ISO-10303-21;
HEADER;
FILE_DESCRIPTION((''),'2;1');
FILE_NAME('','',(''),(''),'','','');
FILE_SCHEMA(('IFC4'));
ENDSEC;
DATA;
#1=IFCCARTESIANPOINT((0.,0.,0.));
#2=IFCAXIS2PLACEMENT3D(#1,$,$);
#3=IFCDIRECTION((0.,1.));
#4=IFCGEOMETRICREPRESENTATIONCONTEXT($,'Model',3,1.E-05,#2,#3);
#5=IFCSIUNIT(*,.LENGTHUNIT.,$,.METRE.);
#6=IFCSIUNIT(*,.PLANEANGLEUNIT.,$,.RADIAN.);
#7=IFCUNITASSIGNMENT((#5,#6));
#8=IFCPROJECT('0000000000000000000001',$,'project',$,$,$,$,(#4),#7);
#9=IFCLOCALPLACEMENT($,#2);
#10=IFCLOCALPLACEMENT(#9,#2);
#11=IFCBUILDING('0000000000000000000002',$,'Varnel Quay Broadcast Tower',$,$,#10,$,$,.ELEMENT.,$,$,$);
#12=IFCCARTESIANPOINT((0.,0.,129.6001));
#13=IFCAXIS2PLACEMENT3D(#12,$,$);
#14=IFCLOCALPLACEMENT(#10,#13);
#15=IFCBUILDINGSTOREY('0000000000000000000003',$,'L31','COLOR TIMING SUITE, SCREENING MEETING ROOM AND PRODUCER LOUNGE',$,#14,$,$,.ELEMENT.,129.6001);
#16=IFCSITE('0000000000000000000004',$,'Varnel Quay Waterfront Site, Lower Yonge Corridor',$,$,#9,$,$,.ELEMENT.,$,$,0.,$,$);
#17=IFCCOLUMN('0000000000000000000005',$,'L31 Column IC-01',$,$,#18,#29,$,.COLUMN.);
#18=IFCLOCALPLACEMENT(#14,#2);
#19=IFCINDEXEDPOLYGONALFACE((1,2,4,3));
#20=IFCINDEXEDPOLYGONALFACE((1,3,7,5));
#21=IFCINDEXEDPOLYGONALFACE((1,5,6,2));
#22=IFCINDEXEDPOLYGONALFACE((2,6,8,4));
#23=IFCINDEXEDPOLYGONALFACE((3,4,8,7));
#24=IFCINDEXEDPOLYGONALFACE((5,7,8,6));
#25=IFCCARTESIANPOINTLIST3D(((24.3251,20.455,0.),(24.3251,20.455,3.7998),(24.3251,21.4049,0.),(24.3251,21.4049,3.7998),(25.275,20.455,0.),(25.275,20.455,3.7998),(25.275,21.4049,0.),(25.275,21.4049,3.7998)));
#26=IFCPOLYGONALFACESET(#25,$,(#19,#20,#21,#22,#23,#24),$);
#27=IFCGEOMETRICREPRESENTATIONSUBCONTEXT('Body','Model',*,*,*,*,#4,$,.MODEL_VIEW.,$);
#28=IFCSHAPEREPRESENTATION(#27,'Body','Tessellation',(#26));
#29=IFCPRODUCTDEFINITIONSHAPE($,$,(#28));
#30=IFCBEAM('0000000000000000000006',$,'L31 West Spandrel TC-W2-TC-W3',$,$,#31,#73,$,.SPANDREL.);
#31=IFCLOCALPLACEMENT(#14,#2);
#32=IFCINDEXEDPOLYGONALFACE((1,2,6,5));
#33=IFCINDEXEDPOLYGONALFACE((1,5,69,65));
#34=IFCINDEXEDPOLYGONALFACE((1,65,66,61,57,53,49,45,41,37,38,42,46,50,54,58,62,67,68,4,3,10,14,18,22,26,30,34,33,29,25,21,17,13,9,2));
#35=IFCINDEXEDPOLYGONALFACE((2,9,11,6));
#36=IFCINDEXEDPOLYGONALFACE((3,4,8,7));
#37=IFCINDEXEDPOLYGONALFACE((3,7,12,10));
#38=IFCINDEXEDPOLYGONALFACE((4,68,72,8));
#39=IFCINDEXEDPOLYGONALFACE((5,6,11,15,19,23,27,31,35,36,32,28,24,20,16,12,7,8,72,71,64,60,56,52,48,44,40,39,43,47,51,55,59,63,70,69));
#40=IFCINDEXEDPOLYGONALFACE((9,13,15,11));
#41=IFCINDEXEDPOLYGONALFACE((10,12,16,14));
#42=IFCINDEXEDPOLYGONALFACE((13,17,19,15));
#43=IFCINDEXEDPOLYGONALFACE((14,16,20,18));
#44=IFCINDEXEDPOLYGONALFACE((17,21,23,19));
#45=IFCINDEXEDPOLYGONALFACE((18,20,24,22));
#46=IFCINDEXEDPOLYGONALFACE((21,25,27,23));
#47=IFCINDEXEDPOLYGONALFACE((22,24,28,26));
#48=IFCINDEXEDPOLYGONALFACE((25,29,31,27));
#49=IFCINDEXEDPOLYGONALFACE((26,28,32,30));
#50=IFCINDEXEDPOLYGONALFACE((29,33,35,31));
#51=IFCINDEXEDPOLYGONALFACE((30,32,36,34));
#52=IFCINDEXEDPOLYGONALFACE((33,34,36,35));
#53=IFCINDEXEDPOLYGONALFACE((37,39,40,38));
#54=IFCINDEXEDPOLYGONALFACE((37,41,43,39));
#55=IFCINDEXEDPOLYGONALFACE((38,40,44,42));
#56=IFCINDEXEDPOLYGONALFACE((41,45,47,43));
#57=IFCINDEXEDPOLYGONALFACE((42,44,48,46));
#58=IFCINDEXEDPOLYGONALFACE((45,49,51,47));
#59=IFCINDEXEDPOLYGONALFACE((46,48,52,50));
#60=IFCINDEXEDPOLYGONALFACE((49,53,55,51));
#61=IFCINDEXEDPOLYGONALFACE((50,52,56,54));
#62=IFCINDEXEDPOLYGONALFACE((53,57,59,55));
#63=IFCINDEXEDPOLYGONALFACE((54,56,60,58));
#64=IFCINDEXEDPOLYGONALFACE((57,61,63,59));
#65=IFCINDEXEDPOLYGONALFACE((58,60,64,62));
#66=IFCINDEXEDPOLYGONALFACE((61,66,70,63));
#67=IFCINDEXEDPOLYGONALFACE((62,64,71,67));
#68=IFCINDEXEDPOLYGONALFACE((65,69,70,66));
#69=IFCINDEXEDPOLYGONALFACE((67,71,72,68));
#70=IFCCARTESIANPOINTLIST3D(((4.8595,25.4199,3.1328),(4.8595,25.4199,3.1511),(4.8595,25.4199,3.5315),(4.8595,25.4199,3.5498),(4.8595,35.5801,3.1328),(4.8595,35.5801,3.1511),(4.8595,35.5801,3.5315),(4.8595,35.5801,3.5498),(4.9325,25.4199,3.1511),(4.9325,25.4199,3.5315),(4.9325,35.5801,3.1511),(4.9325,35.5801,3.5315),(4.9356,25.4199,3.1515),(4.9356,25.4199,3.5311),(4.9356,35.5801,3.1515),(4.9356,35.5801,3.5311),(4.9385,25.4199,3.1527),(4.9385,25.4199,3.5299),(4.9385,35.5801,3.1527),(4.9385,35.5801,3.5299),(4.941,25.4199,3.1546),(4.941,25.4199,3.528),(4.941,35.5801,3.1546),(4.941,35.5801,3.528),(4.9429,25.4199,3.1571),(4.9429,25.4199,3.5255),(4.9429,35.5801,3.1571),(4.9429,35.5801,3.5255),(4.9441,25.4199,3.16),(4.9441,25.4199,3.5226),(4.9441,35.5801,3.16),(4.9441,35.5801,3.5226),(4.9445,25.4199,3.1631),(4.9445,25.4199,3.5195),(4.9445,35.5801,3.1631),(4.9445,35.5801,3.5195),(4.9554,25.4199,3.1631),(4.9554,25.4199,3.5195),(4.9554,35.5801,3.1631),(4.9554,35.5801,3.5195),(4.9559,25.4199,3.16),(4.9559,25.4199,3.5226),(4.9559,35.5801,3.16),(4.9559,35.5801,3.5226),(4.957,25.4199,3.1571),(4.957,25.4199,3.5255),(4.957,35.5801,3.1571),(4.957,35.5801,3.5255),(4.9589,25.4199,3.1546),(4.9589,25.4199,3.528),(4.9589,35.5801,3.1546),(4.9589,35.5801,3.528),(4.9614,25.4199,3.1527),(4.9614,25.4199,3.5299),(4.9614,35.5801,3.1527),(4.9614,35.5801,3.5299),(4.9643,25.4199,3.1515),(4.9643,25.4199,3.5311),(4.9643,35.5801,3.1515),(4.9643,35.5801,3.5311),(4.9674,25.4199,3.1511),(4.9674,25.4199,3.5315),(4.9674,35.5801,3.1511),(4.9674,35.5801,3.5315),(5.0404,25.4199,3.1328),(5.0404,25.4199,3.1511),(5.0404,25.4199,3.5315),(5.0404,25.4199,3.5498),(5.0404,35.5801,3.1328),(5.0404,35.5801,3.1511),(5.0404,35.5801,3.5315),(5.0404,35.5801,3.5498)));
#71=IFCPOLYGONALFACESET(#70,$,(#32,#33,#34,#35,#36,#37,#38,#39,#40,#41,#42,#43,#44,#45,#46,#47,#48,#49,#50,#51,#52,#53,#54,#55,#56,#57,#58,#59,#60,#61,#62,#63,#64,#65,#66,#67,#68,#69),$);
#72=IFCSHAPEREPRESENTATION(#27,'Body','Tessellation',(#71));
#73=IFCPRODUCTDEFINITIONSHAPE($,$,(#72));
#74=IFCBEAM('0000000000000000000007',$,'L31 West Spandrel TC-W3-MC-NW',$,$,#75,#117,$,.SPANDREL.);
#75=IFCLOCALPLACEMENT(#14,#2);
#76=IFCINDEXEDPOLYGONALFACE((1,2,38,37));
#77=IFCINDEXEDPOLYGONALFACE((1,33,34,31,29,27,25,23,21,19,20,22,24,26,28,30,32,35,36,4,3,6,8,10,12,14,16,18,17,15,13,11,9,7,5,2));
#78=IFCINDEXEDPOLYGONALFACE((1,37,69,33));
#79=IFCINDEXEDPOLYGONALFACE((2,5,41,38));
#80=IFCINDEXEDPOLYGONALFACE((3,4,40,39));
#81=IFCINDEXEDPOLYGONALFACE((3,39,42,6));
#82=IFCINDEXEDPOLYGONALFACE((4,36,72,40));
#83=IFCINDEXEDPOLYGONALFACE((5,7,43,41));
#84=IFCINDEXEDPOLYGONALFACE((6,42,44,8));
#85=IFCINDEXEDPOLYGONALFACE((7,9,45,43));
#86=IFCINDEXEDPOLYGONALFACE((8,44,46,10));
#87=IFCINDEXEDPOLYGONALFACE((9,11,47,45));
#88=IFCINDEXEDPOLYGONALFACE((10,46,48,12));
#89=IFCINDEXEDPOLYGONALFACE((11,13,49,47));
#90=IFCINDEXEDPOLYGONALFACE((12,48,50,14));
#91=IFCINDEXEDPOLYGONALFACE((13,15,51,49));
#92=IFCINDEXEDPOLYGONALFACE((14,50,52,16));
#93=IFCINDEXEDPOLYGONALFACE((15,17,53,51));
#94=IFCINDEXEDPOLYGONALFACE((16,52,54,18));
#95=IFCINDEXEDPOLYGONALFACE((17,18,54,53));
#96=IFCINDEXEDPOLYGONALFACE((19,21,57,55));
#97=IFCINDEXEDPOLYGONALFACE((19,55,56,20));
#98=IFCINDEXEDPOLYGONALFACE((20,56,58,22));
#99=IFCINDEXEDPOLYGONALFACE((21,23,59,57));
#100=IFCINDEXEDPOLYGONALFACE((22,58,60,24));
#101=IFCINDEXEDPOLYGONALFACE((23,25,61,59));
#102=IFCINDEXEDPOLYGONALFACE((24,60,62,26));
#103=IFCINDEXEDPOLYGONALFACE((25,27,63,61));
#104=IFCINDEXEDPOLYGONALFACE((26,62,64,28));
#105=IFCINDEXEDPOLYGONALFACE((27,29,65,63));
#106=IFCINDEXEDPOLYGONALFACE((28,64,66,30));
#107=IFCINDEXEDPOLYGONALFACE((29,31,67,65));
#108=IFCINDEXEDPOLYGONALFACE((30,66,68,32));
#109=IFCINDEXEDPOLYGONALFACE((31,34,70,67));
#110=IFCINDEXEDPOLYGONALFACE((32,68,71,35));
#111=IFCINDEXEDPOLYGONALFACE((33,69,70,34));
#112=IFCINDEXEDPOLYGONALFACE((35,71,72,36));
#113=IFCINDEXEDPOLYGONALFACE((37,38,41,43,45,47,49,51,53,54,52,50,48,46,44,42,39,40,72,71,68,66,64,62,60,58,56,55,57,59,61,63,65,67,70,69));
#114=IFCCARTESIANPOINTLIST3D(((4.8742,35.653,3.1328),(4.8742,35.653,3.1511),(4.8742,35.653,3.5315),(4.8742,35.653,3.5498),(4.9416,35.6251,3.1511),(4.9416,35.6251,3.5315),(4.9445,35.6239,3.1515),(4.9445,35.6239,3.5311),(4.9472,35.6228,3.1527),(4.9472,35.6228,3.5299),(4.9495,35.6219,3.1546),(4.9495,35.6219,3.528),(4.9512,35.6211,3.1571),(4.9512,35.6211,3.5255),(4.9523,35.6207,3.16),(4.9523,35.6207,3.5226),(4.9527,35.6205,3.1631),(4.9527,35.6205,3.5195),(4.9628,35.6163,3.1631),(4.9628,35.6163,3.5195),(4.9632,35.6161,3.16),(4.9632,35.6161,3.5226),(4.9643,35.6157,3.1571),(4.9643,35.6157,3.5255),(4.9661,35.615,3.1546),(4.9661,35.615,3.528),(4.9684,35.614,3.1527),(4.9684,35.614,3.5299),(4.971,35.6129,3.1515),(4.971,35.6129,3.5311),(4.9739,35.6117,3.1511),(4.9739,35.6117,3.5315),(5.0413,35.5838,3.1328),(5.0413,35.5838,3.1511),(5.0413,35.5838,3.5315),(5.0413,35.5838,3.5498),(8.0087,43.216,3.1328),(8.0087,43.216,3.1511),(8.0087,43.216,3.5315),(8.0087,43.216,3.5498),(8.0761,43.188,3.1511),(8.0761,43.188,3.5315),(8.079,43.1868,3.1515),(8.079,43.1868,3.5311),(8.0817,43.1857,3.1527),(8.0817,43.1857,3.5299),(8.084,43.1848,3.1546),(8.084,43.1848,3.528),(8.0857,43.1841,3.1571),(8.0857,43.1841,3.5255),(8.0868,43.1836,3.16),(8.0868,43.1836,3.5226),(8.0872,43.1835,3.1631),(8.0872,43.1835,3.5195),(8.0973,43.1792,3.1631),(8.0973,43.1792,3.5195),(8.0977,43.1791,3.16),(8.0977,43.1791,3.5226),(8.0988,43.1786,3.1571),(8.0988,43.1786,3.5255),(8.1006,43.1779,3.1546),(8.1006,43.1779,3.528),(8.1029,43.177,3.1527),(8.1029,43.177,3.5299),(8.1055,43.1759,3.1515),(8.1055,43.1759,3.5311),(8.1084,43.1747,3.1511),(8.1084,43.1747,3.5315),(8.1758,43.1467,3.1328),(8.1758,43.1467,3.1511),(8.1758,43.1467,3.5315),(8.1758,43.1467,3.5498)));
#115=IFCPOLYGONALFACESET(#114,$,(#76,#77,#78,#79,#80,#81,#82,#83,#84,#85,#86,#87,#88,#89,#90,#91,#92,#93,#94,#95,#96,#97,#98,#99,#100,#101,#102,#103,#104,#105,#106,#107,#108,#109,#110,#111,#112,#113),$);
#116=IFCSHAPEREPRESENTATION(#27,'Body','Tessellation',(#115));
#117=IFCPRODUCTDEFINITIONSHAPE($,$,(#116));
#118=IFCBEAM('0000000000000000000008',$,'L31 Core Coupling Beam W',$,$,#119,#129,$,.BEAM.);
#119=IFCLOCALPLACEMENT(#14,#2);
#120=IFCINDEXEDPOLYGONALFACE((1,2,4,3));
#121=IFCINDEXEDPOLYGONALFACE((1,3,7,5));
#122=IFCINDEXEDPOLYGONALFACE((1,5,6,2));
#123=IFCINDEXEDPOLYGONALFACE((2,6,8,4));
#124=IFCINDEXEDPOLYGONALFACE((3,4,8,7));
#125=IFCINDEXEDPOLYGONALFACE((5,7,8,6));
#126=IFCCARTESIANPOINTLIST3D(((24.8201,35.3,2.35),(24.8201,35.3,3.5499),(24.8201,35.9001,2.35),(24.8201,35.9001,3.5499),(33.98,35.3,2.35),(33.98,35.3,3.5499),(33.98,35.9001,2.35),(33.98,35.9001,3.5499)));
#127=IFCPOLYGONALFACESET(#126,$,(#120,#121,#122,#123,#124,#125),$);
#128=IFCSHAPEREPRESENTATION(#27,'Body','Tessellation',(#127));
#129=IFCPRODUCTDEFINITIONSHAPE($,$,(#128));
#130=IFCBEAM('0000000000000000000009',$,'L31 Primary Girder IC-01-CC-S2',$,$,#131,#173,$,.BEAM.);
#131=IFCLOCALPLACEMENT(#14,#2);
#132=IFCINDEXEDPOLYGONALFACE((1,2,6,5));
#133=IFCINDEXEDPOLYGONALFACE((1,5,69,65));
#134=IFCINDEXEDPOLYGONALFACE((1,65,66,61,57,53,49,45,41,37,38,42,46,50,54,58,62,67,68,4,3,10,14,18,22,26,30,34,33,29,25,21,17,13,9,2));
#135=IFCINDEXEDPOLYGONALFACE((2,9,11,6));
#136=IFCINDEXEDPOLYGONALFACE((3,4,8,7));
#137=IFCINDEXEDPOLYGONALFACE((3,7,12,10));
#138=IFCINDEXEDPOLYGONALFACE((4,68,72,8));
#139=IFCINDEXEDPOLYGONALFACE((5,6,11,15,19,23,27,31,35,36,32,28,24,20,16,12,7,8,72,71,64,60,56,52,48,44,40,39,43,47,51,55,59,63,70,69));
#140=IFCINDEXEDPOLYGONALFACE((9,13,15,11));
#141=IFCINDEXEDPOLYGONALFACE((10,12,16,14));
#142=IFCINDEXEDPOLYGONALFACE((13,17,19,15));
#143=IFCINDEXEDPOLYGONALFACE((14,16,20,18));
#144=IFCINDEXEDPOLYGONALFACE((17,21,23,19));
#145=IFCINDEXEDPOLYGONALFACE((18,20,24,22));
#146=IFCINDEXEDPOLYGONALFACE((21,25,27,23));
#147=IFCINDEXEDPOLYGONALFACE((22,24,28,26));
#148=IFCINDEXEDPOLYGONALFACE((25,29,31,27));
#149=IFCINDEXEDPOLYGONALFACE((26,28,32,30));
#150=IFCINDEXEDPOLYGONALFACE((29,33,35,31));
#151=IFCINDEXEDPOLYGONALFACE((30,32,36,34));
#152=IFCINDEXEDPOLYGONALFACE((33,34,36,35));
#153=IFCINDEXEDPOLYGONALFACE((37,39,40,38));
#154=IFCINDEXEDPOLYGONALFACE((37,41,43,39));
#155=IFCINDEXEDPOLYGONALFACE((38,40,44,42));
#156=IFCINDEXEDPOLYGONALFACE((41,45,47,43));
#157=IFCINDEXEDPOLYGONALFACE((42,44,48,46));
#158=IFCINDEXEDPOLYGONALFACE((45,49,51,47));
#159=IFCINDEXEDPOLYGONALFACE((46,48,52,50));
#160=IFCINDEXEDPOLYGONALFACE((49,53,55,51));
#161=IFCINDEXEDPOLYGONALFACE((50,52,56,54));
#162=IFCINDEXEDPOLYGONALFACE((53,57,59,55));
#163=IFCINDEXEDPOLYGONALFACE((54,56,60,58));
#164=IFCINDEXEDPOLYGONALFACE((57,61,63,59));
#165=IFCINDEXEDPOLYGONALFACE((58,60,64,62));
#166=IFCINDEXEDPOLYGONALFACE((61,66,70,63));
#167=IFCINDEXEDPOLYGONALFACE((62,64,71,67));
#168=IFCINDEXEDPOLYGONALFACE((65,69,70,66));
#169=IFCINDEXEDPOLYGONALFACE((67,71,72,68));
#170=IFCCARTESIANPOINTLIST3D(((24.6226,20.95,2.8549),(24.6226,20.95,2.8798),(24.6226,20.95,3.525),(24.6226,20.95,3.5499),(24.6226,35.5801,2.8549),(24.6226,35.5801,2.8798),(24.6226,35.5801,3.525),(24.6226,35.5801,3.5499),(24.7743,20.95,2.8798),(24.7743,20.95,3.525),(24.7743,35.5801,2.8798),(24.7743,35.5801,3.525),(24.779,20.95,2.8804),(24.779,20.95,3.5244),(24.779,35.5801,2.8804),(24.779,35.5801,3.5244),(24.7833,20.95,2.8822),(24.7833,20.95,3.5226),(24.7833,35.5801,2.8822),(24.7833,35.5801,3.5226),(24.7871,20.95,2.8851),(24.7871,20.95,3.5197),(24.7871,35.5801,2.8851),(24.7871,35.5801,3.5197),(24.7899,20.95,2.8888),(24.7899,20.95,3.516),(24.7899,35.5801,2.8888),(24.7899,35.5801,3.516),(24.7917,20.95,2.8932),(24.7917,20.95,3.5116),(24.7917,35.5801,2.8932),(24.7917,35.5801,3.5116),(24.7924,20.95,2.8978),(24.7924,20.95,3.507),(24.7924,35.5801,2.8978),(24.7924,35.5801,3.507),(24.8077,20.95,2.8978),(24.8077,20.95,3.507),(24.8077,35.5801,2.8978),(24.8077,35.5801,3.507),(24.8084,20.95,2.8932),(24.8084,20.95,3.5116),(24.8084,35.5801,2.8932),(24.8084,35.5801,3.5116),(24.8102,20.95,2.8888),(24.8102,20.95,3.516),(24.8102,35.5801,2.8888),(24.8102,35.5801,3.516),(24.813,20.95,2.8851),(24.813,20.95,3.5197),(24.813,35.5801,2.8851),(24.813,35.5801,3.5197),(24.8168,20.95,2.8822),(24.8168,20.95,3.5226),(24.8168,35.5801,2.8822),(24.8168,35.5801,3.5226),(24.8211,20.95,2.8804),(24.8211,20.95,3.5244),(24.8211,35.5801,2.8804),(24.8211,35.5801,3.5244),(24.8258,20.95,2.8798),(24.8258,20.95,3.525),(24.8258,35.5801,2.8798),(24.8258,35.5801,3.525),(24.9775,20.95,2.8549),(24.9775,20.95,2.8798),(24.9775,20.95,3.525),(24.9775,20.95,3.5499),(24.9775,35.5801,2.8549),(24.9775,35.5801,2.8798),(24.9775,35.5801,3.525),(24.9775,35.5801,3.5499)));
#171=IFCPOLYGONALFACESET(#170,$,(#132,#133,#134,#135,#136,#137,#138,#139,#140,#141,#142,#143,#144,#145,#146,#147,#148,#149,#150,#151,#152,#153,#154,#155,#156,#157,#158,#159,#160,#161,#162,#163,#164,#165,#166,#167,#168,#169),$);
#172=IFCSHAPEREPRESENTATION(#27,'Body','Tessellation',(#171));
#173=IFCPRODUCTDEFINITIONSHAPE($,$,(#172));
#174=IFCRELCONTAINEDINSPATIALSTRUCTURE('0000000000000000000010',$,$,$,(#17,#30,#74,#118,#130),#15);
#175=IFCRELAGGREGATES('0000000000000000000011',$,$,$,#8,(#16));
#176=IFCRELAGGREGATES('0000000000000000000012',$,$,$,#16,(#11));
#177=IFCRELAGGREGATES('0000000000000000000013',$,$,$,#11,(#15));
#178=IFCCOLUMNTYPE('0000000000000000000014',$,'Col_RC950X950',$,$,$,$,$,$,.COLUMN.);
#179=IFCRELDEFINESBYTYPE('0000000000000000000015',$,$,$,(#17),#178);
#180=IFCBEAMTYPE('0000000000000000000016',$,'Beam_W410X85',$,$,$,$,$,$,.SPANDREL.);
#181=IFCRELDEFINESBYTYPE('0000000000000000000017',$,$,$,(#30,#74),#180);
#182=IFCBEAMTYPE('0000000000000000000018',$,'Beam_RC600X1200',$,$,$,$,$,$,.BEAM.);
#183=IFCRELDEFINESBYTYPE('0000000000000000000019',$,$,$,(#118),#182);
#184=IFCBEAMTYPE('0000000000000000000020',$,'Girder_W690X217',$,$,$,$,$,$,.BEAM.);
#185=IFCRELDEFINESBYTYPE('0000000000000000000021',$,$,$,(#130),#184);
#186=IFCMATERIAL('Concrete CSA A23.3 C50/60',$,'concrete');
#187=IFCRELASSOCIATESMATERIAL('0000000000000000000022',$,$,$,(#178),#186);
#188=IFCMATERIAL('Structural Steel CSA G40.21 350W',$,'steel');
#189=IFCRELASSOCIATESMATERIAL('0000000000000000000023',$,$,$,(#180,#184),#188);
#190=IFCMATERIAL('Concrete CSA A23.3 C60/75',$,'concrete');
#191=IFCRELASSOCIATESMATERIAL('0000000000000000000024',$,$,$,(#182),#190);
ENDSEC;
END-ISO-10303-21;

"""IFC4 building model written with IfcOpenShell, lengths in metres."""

from ifc_helpers import new_model, si_unit, direction, frame, origin, origin_2d, place, context, subcontext, project, spatial, rectangle, i_section, extrude, source, transform, mapped, material, material_profile, profile_set, type_object, type_shapes, element, save


model = new_model("IFC4")

# Units and contexts
model_context = context("Model", 3, precision=1e-05, world=origin(), true_north=direction((0.0, 1.0)))
body_context = subcontext(model_context, "Body", "Model", "MODEL_VIEW")
ifc_project = project(units=[si_unit("LENGTHUNIT", "METRE"), si_unit("PLANEANGLEUNIT", "RADIAN")], contexts=[model_context])

# Site, building, storey
site_placement = place(None, origin())
site = spatial("IfcSite", under=ifc_project, at=site_placement, Name="Varnel Quay Waterfront Site, Lower Yonge Corridor", CompositionType="ELEMENT", RefElevation=0.0)
building_placement = place(site_placement, origin())
building = spatial("IfcBuilding", under=site, at=building_placement, Name="Varnel Quay Broadcast Tower", CompositionType="ELEMENT")
storey_placement = place(building_placement, frame((0.0, 0.0, 129.6001)))
storey = spatial("IfcBuildingStorey", under=building, at=storey_placement, Name="L31", Description="COLOR TIMING SUITE, SCREENING MEETING ROOM AND PRODUCER LOUNGE", CompositionType="ELEMENT", Elevation=129.6001)

# Column
ifc_material_1 = material(Name="Structural Steel CSA G40.21 350W", Category="steel")
ifc_material_2 = material(Name="Concrete CSA A23.3 C50/60", Category="concrete")
ifc_material_profile_1 = material_profile(ifc_material_2, rectangle(XDim=0.95, YDim=0.95, at=origin_2d()), Name="RC950X950")
ifc_profile_set_1 = profile_set([ifc_material_profile_1], Name="Concrete CSA A23.3 C50/60")
column_type_1 = type_object("IfcColumnType", Name="Col_RC950X950", PredefinedType="COLUMN", material=ifc_profile_set_1)
shared_shape_1 = source(origin(), body_context, "Body", "SweptSolid", [
    extrude(rectangle(XDim=0.95, YDim=0.95, at=origin_2d()), origin(), (0.0, 0.0, 1.0), 3.7998),
])
type_shapes(column_type_1, [shared_shape_1])
column_placement = place(storey_placement, frame((24.8, 20.9299, 0.0), z_axis=(0.0, 0.0, 1.0), x_axis=(1.0, 0.0, 0.0)))
element("IfcColumn", 1, at=column_placement, inside=storey, type_object=column_type_1, Name="L31 Column IC-01", PredefinedType="COLUMN", context=body_context, shape_type="MappedRepresentation", body=[
    mapped(shared_shape_1, transform((0.0, 0.0, 0.0), x_axis=(1.0, 0.0, 0.0), y_axis=(0.0, 1.0, 0.0), z_axis=(0.0, 0.0, 1.0), scale=1.0)),
])

# Beams
ifc_material_profile_2 = material_profile(ifc_material_1, i_section(OverallWidth=0.1809, OverallDepth=0.417, WebThickness=0.011, FlangeThickness=0.0183, FilletRadius=0.012, at=origin_2d()), Name="W410X85")
ifc_profile_set_2 = profile_set([ifc_material_profile_2], Name="Structural Steel CSA G40.21 350W")
beam_type_1 = type_object("IfcBeamType", Name="Beam_W410X85", PredefinedType="SPANDREL", material=ifc_profile_set_2)
shared_shape_2 = source(origin(), body_context, "Body", "SweptSolid", [
    extrude(i_section(OverallWidth=0.1809, OverallDepth=0.417, WebThickness=0.011, FlangeThickness=0.0183, FilletRadius=0.012, at=origin_2d()), origin(), (0.0, 0.0, 1.0), 10.1602),
])
beam_1_placement = place(storey_placement, frame((4.95, 25.4199, 3.3413), z_axis=(0.0, 1.0, 0.0), x_axis=(-1.0, 0.0, 0.0)))
element("IfcBeam", 2, at=beam_1_placement, inside=storey, type_object=beam_type_1, Name="L31 West Spandrel TC-W2-TC-W3", PredefinedType="SPANDREL", context=body_context, shape_type="MappedRepresentation", body=[
    mapped(shared_shape_2, transform((0.0, 0.0, 0.0), x_axis=(1.0, 0.0, 0.0), y_axis=(0.0, 1.0, 0.0), z_axis=(0.0, 0.0, 1.0), scale=1.0)),
])
shared_shape_3 = source(origin(), body_context, "Body", "SweptSolid", [
    extrude(i_section(OverallWidth=0.1809, OverallDepth=0.417, WebThickness=0.011, FlangeThickness=0.0183, FilletRadius=0.012, at=origin_2d()), origin(), (0.0, 0.0, 1.0), 8.1868),
])
type_shapes(beam_type_1, [shared_shape_2, shared_shape_3])
beam_2_placement = place(storey_placement, frame((4.9578, 35.6184, 3.3413), z_axis=(0.382874, 0.923801, 0.0), x_axis=(-0.923801, 0.382874, 0.0)))
element("IfcBeam", 3, at=beam_2_placement, inside=storey, type_object=beam_type_1, Name="L31 West Spandrel TC-W3-MC-NW", PredefinedType="SPANDREL", context=body_context, shape_type="MappedRepresentation", body=[
    mapped(shared_shape_3, transform((0.0, 0.0, 0.0), x_axis=(1.0, 0.0, 0.0), y_axis=(0.0, 1.0, 0.0), z_axis=(0.0, 0.0, 1.0), scale=1.0)),
])
ifc_material_3 = material(Name="Concrete CSA A23.3 C60/75", Category="concrete")
ifc_material_profile_3 = material_profile(ifc_material_3, rectangle(XDim=0.6001, YDim=1.2, at=origin_2d()), Name="RC600X1200")
ifc_profile_set_3 = profile_set([ifc_material_profile_3], Name="Concrete CSA A23.3 C60/75")
beam_type_2 = type_object("IfcBeamType", Name="Beam_RC600X1200", PredefinedType="BEAM", material=ifc_profile_set_3)
shared_shape_4 = source(origin(), body_context, "Body", "SweptSolid", [
    extrude(rectangle(XDim=0.6001, YDim=1.2, at=origin_2d()), origin(), (0.0, 0.0, 1.0), 9.1599),
])
type_shapes(beam_type_2, [shared_shape_4])
beam_3_placement = place(storey_placement, frame((24.8201, 35.6001, 2.95), z_axis=(1.0, 0.0, 0.0), x_axis=(0.0, 1.0, 0.0)))
element("IfcBeam", 4, at=beam_3_placement, inside=storey, type_object=beam_type_2, Name="L31 Core Coupling Beam W", PredefinedType="BEAM", context=body_context, shape_type="MappedRepresentation", body=[
    mapped(shared_shape_4, transform((0.0, 0.0, 0.0), x_axis=(1.0, 0.0, 0.0), y_axis=(0.0, 1.0, 0.0), z_axis=(0.0, 0.0, 1.0), scale=1.0)),
])
ifc_material_profile_4 = material_profile(ifc_material_1, i_section(OverallWidth=0.355, OverallDepth=0.6951, WebThickness=0.0154, FlangeThickness=0.0249, FilletRadius=0.0181, at=origin_2d()), Name="W690X217")
ifc_profile_set_4 = profile_set([ifc_material_profile_4], Name="Structural Steel CSA G40.21 350W")
beam_type_3 = type_object("IfcBeamType", Name="Girder_W690X217", PredefinedType="BEAM", material=ifc_profile_set_4)
shared_shape_5 = source(origin(), body_context, "Body", "SweptSolid", [
    extrude(i_section(OverallWidth=0.355, OverallDepth=0.6951, WebThickness=0.0154, FlangeThickness=0.0249, FilletRadius=0.0181, at=origin_2d()), origin(), (0.0, 0.0, 1.0), 14.6301),
])
beam_4_placement = place(storey_placement, frame((24.8, 20.95, 3.2024), z_axis=(0.0, 1.0, 0.0), x_axis=(-1.0, 0.0, 0.0)))
element("IfcBeam", 5, at=beam_4_placement, inside=storey, type_object=beam_type_3, Name="L31 Primary Girder IC-01-CC-S2", PredefinedType="BEAM", context=body_context, shape_type="MappedRepresentation", body=[
    mapped(shared_shape_5, transform((0.0, 0.0, 0.0), x_axis=(1.0, 0.0, 0.0), y_axis=(0.0, 1.0, 0.0), z_axis=(0.0, 0.0, 1.0), scale=1.0)),
])

save(model, "model.ifc")
